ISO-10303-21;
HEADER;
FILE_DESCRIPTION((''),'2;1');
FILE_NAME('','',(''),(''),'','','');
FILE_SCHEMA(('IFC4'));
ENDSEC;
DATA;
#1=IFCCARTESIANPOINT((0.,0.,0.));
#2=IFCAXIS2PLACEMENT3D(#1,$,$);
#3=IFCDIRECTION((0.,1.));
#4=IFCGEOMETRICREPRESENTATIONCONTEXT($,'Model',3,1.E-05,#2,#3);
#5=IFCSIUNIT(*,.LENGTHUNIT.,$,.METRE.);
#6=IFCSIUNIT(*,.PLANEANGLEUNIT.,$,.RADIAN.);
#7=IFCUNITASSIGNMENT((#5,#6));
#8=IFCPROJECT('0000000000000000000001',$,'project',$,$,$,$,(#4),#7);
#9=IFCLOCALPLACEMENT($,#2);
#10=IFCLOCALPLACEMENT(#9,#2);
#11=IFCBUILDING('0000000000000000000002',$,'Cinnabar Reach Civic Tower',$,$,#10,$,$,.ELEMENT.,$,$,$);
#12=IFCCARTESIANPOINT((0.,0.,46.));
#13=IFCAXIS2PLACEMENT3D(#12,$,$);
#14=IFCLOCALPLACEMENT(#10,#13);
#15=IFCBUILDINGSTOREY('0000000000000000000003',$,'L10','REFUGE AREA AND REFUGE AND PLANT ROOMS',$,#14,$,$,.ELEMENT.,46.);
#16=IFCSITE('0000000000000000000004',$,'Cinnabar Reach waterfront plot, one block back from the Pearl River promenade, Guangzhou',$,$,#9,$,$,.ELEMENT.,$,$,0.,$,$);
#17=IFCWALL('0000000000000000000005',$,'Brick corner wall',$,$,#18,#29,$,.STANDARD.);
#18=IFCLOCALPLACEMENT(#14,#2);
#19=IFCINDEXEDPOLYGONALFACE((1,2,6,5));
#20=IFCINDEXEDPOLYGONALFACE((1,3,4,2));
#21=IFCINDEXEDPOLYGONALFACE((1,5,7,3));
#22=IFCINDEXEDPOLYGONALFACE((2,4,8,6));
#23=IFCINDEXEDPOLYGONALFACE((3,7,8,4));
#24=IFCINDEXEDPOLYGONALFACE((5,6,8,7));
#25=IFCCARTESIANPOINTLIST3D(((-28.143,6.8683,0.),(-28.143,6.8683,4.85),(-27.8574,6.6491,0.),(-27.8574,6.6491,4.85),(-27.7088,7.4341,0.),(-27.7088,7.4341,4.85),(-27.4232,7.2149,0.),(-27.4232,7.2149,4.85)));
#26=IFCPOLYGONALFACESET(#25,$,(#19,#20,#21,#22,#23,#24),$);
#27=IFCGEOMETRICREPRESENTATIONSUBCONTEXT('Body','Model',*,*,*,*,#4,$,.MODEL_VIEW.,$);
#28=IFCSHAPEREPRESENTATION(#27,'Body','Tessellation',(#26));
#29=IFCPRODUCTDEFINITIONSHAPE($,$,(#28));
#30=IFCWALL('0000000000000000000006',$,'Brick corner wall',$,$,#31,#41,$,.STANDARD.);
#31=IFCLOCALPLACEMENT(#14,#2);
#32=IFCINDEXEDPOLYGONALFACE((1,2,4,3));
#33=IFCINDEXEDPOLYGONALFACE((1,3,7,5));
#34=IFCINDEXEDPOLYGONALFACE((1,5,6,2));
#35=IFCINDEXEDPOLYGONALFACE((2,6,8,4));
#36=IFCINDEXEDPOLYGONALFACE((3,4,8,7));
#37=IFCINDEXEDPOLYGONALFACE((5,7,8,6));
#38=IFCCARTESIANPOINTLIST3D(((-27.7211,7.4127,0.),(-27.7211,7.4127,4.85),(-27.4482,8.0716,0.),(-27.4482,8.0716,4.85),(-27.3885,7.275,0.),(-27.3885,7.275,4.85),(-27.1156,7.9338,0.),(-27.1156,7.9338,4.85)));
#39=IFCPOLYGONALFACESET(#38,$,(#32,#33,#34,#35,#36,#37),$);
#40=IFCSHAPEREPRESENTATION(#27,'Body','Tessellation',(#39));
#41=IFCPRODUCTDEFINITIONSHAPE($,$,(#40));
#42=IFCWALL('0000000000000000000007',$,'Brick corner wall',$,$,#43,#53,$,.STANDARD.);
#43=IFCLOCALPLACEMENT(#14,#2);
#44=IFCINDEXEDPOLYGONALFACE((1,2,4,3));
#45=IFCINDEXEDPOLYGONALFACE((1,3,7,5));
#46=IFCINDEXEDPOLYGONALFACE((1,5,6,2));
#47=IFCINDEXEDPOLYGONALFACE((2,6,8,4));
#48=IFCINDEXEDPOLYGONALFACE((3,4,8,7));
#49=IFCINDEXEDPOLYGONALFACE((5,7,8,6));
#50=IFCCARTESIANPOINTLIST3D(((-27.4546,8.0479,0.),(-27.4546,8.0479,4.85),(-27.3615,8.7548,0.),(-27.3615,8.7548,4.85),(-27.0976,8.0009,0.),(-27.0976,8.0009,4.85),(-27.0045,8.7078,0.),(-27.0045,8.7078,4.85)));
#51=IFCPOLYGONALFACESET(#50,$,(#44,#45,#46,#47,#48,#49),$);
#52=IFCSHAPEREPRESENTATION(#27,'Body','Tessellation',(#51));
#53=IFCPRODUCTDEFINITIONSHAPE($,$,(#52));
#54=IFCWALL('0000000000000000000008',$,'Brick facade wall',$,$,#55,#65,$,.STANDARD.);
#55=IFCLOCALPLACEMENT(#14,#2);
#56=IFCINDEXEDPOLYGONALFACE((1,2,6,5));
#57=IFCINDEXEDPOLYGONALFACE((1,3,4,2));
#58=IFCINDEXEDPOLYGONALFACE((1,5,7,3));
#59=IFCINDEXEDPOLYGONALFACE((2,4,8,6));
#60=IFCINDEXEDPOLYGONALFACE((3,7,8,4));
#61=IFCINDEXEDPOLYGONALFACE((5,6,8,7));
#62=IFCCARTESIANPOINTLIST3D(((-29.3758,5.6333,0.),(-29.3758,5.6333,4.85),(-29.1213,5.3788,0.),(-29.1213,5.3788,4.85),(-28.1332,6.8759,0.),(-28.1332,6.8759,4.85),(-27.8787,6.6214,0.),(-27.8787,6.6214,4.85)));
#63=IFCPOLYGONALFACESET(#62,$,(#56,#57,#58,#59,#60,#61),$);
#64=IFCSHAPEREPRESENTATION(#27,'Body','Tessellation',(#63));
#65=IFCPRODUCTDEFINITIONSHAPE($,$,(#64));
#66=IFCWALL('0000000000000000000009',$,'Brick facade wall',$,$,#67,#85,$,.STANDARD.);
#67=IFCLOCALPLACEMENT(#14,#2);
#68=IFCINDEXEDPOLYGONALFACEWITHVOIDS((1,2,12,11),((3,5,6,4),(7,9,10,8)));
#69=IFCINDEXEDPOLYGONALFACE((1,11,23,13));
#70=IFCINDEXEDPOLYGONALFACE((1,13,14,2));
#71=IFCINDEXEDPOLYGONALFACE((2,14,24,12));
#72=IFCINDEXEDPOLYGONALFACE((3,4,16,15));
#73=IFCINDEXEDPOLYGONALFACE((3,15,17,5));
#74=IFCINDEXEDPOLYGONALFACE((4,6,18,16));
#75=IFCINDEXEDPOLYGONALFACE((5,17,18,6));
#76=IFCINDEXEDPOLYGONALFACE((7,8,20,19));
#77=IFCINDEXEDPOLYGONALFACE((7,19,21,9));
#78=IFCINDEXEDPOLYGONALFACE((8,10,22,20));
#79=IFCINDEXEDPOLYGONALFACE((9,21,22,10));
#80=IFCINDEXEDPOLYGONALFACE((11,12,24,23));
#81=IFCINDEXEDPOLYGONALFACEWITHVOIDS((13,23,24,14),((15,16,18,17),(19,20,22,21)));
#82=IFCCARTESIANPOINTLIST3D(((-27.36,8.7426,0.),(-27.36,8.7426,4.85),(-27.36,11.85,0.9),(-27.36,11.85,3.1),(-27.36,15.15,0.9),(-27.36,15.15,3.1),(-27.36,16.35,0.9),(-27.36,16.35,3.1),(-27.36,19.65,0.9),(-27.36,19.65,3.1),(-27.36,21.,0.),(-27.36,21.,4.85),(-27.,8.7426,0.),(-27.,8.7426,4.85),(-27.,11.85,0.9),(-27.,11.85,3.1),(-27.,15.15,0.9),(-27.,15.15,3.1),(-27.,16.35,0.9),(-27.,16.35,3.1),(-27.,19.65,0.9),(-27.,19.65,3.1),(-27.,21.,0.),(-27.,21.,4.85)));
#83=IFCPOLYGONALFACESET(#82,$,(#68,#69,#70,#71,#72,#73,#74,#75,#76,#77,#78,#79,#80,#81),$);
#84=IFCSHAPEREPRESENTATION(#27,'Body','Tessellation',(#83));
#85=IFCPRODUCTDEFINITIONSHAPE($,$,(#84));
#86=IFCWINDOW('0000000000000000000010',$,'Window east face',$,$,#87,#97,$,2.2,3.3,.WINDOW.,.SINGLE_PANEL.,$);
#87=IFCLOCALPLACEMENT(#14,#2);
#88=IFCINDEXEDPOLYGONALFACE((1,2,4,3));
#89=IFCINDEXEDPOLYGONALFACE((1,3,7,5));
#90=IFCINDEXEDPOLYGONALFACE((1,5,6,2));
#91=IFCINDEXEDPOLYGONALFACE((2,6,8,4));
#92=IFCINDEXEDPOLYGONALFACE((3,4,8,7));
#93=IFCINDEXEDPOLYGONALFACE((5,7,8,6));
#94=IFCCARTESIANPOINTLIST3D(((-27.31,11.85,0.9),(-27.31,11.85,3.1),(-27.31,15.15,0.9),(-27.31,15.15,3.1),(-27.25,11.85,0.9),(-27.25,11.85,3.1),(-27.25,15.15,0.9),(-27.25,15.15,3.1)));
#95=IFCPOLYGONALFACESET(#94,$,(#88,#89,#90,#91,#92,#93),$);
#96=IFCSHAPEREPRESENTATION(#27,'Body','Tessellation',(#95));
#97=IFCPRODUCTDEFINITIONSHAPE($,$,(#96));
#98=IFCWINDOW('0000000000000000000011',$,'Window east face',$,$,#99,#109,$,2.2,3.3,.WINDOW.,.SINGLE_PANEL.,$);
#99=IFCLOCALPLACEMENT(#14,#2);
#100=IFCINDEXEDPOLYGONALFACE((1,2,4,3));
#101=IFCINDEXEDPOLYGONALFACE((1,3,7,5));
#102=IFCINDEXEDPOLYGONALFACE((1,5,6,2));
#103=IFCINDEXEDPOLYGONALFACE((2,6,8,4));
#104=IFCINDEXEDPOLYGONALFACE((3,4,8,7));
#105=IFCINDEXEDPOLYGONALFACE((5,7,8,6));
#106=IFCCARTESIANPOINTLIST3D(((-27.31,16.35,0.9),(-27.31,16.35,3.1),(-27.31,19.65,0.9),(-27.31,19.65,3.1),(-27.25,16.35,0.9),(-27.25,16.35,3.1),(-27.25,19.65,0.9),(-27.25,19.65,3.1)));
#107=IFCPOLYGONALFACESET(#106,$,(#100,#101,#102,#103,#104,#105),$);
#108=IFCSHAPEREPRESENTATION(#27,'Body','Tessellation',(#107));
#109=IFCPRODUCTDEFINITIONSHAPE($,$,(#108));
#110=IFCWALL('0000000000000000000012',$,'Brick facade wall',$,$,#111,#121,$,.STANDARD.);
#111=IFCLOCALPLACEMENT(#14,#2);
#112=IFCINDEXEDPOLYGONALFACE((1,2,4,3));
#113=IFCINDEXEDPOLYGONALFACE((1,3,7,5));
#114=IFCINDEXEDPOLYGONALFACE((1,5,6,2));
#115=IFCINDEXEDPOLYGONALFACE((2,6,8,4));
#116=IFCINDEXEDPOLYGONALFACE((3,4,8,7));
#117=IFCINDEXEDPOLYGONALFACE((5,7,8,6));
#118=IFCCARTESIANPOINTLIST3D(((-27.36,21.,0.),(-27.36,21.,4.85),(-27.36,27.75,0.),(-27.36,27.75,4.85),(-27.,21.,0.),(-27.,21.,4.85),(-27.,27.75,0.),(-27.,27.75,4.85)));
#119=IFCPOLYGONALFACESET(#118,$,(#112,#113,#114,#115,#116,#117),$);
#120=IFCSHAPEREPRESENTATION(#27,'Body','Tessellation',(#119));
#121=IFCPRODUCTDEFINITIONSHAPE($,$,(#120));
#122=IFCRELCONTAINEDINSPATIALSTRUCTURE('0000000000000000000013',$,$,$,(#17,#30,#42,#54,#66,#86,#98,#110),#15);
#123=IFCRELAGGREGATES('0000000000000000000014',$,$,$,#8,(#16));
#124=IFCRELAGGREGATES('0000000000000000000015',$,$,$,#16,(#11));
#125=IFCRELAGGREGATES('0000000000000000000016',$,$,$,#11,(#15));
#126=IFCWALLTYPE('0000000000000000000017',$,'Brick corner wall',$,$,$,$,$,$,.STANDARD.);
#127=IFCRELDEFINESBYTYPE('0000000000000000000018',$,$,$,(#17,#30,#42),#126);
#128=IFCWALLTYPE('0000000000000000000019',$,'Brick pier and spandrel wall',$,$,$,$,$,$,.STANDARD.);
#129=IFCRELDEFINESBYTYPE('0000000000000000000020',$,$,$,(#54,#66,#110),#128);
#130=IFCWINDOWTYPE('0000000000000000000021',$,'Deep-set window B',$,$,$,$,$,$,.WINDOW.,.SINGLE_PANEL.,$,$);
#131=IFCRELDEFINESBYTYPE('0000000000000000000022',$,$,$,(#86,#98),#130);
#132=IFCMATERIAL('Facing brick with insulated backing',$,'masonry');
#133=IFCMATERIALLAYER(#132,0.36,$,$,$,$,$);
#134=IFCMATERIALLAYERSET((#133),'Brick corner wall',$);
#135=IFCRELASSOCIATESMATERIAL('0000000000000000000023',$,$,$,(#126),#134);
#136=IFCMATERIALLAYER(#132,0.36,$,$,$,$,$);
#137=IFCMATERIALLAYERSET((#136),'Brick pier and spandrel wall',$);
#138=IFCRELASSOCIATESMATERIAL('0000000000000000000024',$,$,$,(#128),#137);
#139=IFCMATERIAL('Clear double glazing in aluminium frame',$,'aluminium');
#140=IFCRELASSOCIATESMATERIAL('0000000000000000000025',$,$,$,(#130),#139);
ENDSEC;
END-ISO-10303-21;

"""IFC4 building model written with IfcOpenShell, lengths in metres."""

from ifc_helpers import new_model, si_unit, direction, frame, frame_2d, origin, place, context, subcontext, project, spatial, rectangle, extrude, material, layer, layer_set, type_object, element, fill, save


model = new_model("IFC4")

# Units and contexts
model_context = context("Model", 3, precision=1e-05, world=origin(), true_north=direction((0.0, 1.0)))
body_context = subcontext(model_context, "Body", "Model", "MODEL_VIEW")
ifc_project = project(units=[si_unit("LENGTHUNIT", "METRE"), si_unit("PLANEANGLEUNIT", "RADIAN")], contexts=[model_context])

# Site, building, storey
site_placement = place(None, origin())
site = spatial("IfcSite", under=ifc_project, at=site_placement, Name="Cinnabar Reach waterfront plot, one block back from the Pearl River promenade, Guangzhou", CompositionType="ELEMENT", RefElevation=0.0)
building_placement = place(site_placement, origin())
building = spatial("IfcBuilding", under=site, at=building_placement, Name="Cinnabar Reach Civic Tower", CompositionType="ELEMENT")
storey_placement = place(building_placement, frame((0.0, 0.0, 46.0)))
storey = spatial("IfcBuildingStorey", under=building, at=storey_placement, Name="L10", Description="REFUGE AREA AND REFUGE AND PLANT ROOMS", CompositionType="ELEMENT", Elevation=46.0)

# Walls
ifc_material_1 = material(Name="Facing brick with insulated backing", Category="masonry")
ifc_layer_1 = layer(ifc_material_1, 0.36)
ifc_layer_set_1 = layer_set([ifc_layer_1], Name="Brick corner wall")
wall_type_1 = type_object("IfcWallType", Name="Brick corner wall", PredefinedType="STANDARD", material=ifc_layer_set_1)
wall_1_placement = place(storey_placement, frame((-28.0002, 6.7587, 0.0), z_axis=(0.0, 0.0, 1.0), x_axis=(0.608802, 0.793322, 0.0)))
element("IfcWall", 1, at=wall_1_placement, inside=storey, type_object=wall_type_1, Name="Brick corner wall", PredefinedType="STANDARD", context=body_context, shape_type="SweptSolid", body=[
    extrude(rectangle(XDim=0.7132, YDim=0.36, at=frame_2d((0.3566, 0.0))), origin(), (0.0, 0.0, 1.0), 4.85),
])
for number, where, z_axis, x_axis, name in (
    (2, (-27.5548, 7.3439, 0.0), (0.0, 0.0, 1.0), (0.382703, 0.923872, 0.0), "Brick corner wall"),
    (3, (-27.2761, 8.0244, 0.0), (0.0, 0.0, 1.0), (0.130556, 0.991441, 0.0), "Brick corner wall"),
):
    element("IfcWall", number, at=place(storey_placement, frame(where, z_axis=z_axis, x_axis=x_axis)), inside=storey, type_object=wall_type_1, Name=name, PredefinedType="STANDARD", context=body_context, shape_type="SweptSolid", body=[
        extrude(rectangle(XDim=0.7131, YDim=0.36, at=frame_2d((0.3565, 0.0))), origin(), (0.0, 0.0, 1.0), 4.85),
    ])
ifc_layer_2 = layer(ifc_material_1, 0.36)
ifc_layer_set_2 = layer_set([ifc_layer_2], Name="Brick pier and spandrel wall")
wall_type_2 = type_object("IfcWallType", Name="Brick pier and spandrel wall", PredefinedType="STANDARD", material=ifc_layer_set_2)
wall_2_placement = place(storey_placement, frame((-29.2486, 5.506, 0.0), z_axis=(0.0, 0.0, 1.0), x_axis=(0.707107, 0.707107, 0.0)))
element("IfcWall", 4, at=wall_2_placement, inside=storey, type_object=wall_type_2, Name="Brick facade wall", PredefinedType="STANDARD", context=body_context, shape_type="SweptSolid", body=[
    extrude(rectangle(XDim=1.7573, YDim=0.36, at=frame_2d((0.8787, 0.0))), origin(), (0.0, 0.0, 1.0), 4.85),
])

# Wall, openings, windows
wall_3_placement = place(storey_placement, frame((-27.18, 8.7426, 0.0), z_axis=(0.0, 0.0, 1.0), x_axis=(0.0, 1.0, 0.0)))
wall_3 = element("IfcWall", 5, at=wall_3_placement, inside=storey, type_object=wall_type_2, Name="Brick facade wall", PredefinedType="STANDARD", context=body_context, shape_type="SweptSolid", body=[
    extrude(rectangle(XDim=12.2574, YDim=0.36, at=frame_2d((6.1287, 0.0))), origin(), (0.0, 0.0, 1.0), 4.85),
])
opening_1_placement = place(wall_3_placement, frame((3.1074, 0.0, 0.9)))
opening_1 = element("IfcOpeningElement", 6, at=opening_1_placement, cuts=wall_3, PredefinedType="OPENING", context=body_context, shape_type="SweptSolid", body=[
    extrude(rectangle(XDim=3.3, YDim=2.2, at=frame_2d((1.65, 1.1))), frame((0.0, 0.19, 0.0), z_axis=(0.0, -1.0, 0.0), x_axis=(1.0, 0.0, 0.0)), (0.0, 0.0, 1.0), 0.38),
])
opening_2_placement = place(wall_3_placement, frame((7.6074, 0.0, 0.9)))
opening_2 = element("IfcOpeningElement", 7, at=opening_2_placement, cuts=wall_3, PredefinedType="OPENING", context=body_context, shape_type="SweptSolid", body=[
    extrude(rectangle(XDim=3.3, YDim=2.2, at=frame_2d((1.65, 1.1))), frame((0.0, 0.19, 0.0), z_axis=(0.0, -1.0, 0.0), x_axis=(1.0, 0.0, 0.0)), (0.0, 0.0, 1.0), 0.38),
])
ifc_material_2 = material(Name="Clear double glazing in aluminium frame", Category="aluminium")
window_type = type_object("IfcWindowType", Name="Deep-set window B", PartitioningType="SINGLE_PANEL", PredefinedType="WINDOW", material=ifc_material_2)
window_1_placement = place(opening_1_placement, origin())
window_1 = element("IfcWindow", 8, at=window_1_placement, inside=storey, type_object=window_type, Name="Window east face", OverallHeight=2.2, OverallWidth=3.3, PartitioningType="SINGLE_PANEL", PredefinedType="WINDOW", context=body_context, shape_type="SweptSolid", body=[
    extrude(rectangle(XDim=3.3, YDim=2.2, at=frame_2d((1.65, 1.1))), frame((0.0, 0.13, 0.0), z_axis=(0.0, -1.0, 0.0), x_axis=(1.0, 0.0, 0.0)), (0.0, 0.0, 1.0), 0.06),
])
fill(opening_1, window_1)
window_2_placement = place(opening_2_placement, origin())
window_2 = element("IfcWindow", 9, at=window_2_placement, inside=storey, type_object=window_type, Name="Window east face", OverallHeight=2.2, OverallWidth=3.3, PartitioningType="SINGLE_PANEL", PredefinedType="WINDOW", context=body_context, shape_type="SweptSolid", body=[
    extrude(rectangle(XDim=3.3, YDim=2.2, at=frame_2d((1.65, 1.1))), frame((0.0, 0.13, 0.0), z_axis=(0.0, -1.0, 0.0), x_axis=(1.0, 0.0, 0.0)), (0.0, 0.0, 1.0), 0.06),
])
fill(opening_2, window_2)

# Wall
wall_4_placement = place(storey_placement, frame((-27.18, 21.0, 0.0), z_axis=(0.0, 0.0, 1.0), x_axis=(0.0, 1.0, 0.0)))
element("IfcWall", 10, at=wall_4_placement, inside=storey, type_object=wall_type_2, Name="Brick facade wall", PredefinedType="STANDARD", context=body_context, shape_type="SweptSolid", body=[
    extrude(rectangle(XDim=6.75, YDim=0.36, at=frame_2d((3.375, 0.0))), origin(), (0.0, 0.0, 1.0), 4.85),
])

save(model, "model.ifc")
